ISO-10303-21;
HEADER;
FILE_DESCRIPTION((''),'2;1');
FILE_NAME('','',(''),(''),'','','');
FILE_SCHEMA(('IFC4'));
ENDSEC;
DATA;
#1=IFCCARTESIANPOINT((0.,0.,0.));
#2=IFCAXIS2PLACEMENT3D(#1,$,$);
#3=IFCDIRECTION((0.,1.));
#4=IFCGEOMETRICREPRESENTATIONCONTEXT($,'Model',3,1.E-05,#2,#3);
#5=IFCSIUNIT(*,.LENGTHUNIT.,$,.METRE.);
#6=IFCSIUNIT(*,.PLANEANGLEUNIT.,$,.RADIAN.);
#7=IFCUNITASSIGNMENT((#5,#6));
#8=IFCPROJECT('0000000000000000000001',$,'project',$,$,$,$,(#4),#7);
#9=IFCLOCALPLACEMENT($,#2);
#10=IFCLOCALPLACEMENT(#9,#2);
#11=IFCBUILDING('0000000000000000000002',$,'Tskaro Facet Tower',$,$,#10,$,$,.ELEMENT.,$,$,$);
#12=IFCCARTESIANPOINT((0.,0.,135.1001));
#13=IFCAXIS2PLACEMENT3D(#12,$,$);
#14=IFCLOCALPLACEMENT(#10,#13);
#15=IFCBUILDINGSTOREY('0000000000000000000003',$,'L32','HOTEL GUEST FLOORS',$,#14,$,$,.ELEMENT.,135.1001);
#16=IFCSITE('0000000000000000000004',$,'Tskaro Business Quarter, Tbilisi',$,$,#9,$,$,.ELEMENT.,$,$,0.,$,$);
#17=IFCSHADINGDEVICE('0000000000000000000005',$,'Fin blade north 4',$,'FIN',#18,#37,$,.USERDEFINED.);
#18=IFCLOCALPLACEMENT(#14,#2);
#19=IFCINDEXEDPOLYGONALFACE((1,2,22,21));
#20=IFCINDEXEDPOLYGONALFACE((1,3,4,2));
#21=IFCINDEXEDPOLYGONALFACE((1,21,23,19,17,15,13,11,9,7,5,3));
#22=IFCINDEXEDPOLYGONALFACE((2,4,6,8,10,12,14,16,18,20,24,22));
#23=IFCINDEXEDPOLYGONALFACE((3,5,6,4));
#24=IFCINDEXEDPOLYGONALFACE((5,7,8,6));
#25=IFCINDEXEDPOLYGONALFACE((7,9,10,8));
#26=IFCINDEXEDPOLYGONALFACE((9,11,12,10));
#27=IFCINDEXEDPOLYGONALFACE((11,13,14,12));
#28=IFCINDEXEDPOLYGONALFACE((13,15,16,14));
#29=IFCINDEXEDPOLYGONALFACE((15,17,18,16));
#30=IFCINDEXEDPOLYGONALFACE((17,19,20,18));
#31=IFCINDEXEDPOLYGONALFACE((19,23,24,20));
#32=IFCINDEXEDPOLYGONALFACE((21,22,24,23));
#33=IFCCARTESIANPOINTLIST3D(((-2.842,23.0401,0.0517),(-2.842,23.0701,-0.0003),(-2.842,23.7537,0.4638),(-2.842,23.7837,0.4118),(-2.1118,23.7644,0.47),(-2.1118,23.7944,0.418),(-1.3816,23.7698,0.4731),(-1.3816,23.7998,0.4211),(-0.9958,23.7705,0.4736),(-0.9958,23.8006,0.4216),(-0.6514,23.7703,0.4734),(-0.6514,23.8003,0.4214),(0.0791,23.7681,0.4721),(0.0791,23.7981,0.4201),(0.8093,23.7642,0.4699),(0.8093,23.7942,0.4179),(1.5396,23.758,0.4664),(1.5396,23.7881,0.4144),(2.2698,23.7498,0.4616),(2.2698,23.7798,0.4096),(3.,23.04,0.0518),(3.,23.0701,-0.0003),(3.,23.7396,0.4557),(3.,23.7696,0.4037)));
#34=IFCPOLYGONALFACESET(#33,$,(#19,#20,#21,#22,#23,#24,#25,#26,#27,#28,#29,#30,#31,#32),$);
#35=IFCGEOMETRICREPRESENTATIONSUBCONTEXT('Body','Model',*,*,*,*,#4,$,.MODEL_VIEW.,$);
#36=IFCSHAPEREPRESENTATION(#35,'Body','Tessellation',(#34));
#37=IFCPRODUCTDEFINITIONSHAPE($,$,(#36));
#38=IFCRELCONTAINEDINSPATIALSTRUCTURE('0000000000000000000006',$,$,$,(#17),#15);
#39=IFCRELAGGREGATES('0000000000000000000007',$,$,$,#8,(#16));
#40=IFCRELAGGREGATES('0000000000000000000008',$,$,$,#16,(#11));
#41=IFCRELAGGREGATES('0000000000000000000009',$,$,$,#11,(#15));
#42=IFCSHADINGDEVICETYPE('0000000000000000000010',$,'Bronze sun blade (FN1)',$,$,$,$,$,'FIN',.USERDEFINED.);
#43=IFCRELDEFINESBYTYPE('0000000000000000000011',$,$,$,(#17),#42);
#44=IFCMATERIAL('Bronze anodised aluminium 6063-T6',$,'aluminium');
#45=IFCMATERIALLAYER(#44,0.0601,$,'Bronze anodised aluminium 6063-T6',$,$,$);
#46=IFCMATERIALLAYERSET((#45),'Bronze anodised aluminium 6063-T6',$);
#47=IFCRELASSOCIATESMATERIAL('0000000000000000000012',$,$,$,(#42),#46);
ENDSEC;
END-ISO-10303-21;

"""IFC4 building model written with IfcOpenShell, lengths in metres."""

from ifc_helpers import new_model, si_unit, direction, frame, origin, place, context, subcontext, project, spatial, polyline, outline, extrude, material, layer, layer_set, type_object, element, save


model = new_model("IFC4")

# Units and contexts
model_context = context("Model", 3, precision=1e-05, world=origin(), true_north=direction((0.0, 1.0)))
body_context = subcontext(model_context, "Body", "Model", "MODEL_VIEW")
ifc_project = project(units=[si_unit("LENGTHUNIT", "METRE"), si_unit("PLANEANGLEUNIT", "RADIAN")], contexts=[model_context])

# Site, building, storey
site_placement = place(None, origin())
site = spatial("IfcSite", under=ifc_project, at=site_placement, Name="Tskaro Business Quarter, Tbilisi", CompositionType="ELEMENT", RefElevation=0.0)
building_placement = place(site_placement, origin())
building = spatial("IfcBuilding", under=site, at=building_placement, Name="Tskaro Facet Tower", CompositionType="ELEMENT")
storey_placement = place(building_placement, frame((0.0, 0.0, 135.1001)))
storey = spatial("IfcBuildingStorey", under=building, at=storey_placement, Name="L32", Description="HOTEL GUEST FLOORS", CompositionType="ELEMENT", Elevation=135.1001)

# Shared definitions
ifc_material_1 = material(Name="Bronze anodised aluminium 6063-T6", Category="aluminium")

# Shading device
ifc_layer_1 = layer(ifc_material_1, 0.0601, Name="Bronze anodised aluminium 6063-T6")
ifc_layer_set_1 = layer_set([ifc_layer_1], Name="Bronze anodised aluminium 6063-T6")
shading_device_type = type_object("IfcShadingDeviceType", Name="Bronze sun blade (FN1)", ElementType="FIN", PredefinedType="USERDEFINED", material=ifc_layer_set_1)
shading_device_1_placement = place(storey_placement, frame((3.0, 23.04, 0.0518), z_axis=(-0.000009, -0.500078, 0.86598), x_axis=(-1.0, 0.000004, -0.000008)))
element("IfcShadingDevice", 1, at=shading_device_1_placement, inside=storey, type_object=shading_device_type, Name="Fin blade north 4", ObjectType="FIN", PredefinedType="USERDEFINED", context=body_context, shape_type="SweptSolid", body=[
    extrude(outline(polyline([(0.0, 0.0), (5.842, 0.0), (5.842, -0.8241), (5.1118, -0.8364), (4.3816, -0.8427), (3.9958, -0.8435), (3.6514, -0.8432), (2.9209, -0.8407), (2.1907, -0.8362), (1.4604, -0.8291), (0.7302, -0.8196), (0.0, -0.8078), (0.0, 0.0)])), origin(), (0.0, 0.0, -1.0), 0.0601),
])

save(model, "model.ifc")
